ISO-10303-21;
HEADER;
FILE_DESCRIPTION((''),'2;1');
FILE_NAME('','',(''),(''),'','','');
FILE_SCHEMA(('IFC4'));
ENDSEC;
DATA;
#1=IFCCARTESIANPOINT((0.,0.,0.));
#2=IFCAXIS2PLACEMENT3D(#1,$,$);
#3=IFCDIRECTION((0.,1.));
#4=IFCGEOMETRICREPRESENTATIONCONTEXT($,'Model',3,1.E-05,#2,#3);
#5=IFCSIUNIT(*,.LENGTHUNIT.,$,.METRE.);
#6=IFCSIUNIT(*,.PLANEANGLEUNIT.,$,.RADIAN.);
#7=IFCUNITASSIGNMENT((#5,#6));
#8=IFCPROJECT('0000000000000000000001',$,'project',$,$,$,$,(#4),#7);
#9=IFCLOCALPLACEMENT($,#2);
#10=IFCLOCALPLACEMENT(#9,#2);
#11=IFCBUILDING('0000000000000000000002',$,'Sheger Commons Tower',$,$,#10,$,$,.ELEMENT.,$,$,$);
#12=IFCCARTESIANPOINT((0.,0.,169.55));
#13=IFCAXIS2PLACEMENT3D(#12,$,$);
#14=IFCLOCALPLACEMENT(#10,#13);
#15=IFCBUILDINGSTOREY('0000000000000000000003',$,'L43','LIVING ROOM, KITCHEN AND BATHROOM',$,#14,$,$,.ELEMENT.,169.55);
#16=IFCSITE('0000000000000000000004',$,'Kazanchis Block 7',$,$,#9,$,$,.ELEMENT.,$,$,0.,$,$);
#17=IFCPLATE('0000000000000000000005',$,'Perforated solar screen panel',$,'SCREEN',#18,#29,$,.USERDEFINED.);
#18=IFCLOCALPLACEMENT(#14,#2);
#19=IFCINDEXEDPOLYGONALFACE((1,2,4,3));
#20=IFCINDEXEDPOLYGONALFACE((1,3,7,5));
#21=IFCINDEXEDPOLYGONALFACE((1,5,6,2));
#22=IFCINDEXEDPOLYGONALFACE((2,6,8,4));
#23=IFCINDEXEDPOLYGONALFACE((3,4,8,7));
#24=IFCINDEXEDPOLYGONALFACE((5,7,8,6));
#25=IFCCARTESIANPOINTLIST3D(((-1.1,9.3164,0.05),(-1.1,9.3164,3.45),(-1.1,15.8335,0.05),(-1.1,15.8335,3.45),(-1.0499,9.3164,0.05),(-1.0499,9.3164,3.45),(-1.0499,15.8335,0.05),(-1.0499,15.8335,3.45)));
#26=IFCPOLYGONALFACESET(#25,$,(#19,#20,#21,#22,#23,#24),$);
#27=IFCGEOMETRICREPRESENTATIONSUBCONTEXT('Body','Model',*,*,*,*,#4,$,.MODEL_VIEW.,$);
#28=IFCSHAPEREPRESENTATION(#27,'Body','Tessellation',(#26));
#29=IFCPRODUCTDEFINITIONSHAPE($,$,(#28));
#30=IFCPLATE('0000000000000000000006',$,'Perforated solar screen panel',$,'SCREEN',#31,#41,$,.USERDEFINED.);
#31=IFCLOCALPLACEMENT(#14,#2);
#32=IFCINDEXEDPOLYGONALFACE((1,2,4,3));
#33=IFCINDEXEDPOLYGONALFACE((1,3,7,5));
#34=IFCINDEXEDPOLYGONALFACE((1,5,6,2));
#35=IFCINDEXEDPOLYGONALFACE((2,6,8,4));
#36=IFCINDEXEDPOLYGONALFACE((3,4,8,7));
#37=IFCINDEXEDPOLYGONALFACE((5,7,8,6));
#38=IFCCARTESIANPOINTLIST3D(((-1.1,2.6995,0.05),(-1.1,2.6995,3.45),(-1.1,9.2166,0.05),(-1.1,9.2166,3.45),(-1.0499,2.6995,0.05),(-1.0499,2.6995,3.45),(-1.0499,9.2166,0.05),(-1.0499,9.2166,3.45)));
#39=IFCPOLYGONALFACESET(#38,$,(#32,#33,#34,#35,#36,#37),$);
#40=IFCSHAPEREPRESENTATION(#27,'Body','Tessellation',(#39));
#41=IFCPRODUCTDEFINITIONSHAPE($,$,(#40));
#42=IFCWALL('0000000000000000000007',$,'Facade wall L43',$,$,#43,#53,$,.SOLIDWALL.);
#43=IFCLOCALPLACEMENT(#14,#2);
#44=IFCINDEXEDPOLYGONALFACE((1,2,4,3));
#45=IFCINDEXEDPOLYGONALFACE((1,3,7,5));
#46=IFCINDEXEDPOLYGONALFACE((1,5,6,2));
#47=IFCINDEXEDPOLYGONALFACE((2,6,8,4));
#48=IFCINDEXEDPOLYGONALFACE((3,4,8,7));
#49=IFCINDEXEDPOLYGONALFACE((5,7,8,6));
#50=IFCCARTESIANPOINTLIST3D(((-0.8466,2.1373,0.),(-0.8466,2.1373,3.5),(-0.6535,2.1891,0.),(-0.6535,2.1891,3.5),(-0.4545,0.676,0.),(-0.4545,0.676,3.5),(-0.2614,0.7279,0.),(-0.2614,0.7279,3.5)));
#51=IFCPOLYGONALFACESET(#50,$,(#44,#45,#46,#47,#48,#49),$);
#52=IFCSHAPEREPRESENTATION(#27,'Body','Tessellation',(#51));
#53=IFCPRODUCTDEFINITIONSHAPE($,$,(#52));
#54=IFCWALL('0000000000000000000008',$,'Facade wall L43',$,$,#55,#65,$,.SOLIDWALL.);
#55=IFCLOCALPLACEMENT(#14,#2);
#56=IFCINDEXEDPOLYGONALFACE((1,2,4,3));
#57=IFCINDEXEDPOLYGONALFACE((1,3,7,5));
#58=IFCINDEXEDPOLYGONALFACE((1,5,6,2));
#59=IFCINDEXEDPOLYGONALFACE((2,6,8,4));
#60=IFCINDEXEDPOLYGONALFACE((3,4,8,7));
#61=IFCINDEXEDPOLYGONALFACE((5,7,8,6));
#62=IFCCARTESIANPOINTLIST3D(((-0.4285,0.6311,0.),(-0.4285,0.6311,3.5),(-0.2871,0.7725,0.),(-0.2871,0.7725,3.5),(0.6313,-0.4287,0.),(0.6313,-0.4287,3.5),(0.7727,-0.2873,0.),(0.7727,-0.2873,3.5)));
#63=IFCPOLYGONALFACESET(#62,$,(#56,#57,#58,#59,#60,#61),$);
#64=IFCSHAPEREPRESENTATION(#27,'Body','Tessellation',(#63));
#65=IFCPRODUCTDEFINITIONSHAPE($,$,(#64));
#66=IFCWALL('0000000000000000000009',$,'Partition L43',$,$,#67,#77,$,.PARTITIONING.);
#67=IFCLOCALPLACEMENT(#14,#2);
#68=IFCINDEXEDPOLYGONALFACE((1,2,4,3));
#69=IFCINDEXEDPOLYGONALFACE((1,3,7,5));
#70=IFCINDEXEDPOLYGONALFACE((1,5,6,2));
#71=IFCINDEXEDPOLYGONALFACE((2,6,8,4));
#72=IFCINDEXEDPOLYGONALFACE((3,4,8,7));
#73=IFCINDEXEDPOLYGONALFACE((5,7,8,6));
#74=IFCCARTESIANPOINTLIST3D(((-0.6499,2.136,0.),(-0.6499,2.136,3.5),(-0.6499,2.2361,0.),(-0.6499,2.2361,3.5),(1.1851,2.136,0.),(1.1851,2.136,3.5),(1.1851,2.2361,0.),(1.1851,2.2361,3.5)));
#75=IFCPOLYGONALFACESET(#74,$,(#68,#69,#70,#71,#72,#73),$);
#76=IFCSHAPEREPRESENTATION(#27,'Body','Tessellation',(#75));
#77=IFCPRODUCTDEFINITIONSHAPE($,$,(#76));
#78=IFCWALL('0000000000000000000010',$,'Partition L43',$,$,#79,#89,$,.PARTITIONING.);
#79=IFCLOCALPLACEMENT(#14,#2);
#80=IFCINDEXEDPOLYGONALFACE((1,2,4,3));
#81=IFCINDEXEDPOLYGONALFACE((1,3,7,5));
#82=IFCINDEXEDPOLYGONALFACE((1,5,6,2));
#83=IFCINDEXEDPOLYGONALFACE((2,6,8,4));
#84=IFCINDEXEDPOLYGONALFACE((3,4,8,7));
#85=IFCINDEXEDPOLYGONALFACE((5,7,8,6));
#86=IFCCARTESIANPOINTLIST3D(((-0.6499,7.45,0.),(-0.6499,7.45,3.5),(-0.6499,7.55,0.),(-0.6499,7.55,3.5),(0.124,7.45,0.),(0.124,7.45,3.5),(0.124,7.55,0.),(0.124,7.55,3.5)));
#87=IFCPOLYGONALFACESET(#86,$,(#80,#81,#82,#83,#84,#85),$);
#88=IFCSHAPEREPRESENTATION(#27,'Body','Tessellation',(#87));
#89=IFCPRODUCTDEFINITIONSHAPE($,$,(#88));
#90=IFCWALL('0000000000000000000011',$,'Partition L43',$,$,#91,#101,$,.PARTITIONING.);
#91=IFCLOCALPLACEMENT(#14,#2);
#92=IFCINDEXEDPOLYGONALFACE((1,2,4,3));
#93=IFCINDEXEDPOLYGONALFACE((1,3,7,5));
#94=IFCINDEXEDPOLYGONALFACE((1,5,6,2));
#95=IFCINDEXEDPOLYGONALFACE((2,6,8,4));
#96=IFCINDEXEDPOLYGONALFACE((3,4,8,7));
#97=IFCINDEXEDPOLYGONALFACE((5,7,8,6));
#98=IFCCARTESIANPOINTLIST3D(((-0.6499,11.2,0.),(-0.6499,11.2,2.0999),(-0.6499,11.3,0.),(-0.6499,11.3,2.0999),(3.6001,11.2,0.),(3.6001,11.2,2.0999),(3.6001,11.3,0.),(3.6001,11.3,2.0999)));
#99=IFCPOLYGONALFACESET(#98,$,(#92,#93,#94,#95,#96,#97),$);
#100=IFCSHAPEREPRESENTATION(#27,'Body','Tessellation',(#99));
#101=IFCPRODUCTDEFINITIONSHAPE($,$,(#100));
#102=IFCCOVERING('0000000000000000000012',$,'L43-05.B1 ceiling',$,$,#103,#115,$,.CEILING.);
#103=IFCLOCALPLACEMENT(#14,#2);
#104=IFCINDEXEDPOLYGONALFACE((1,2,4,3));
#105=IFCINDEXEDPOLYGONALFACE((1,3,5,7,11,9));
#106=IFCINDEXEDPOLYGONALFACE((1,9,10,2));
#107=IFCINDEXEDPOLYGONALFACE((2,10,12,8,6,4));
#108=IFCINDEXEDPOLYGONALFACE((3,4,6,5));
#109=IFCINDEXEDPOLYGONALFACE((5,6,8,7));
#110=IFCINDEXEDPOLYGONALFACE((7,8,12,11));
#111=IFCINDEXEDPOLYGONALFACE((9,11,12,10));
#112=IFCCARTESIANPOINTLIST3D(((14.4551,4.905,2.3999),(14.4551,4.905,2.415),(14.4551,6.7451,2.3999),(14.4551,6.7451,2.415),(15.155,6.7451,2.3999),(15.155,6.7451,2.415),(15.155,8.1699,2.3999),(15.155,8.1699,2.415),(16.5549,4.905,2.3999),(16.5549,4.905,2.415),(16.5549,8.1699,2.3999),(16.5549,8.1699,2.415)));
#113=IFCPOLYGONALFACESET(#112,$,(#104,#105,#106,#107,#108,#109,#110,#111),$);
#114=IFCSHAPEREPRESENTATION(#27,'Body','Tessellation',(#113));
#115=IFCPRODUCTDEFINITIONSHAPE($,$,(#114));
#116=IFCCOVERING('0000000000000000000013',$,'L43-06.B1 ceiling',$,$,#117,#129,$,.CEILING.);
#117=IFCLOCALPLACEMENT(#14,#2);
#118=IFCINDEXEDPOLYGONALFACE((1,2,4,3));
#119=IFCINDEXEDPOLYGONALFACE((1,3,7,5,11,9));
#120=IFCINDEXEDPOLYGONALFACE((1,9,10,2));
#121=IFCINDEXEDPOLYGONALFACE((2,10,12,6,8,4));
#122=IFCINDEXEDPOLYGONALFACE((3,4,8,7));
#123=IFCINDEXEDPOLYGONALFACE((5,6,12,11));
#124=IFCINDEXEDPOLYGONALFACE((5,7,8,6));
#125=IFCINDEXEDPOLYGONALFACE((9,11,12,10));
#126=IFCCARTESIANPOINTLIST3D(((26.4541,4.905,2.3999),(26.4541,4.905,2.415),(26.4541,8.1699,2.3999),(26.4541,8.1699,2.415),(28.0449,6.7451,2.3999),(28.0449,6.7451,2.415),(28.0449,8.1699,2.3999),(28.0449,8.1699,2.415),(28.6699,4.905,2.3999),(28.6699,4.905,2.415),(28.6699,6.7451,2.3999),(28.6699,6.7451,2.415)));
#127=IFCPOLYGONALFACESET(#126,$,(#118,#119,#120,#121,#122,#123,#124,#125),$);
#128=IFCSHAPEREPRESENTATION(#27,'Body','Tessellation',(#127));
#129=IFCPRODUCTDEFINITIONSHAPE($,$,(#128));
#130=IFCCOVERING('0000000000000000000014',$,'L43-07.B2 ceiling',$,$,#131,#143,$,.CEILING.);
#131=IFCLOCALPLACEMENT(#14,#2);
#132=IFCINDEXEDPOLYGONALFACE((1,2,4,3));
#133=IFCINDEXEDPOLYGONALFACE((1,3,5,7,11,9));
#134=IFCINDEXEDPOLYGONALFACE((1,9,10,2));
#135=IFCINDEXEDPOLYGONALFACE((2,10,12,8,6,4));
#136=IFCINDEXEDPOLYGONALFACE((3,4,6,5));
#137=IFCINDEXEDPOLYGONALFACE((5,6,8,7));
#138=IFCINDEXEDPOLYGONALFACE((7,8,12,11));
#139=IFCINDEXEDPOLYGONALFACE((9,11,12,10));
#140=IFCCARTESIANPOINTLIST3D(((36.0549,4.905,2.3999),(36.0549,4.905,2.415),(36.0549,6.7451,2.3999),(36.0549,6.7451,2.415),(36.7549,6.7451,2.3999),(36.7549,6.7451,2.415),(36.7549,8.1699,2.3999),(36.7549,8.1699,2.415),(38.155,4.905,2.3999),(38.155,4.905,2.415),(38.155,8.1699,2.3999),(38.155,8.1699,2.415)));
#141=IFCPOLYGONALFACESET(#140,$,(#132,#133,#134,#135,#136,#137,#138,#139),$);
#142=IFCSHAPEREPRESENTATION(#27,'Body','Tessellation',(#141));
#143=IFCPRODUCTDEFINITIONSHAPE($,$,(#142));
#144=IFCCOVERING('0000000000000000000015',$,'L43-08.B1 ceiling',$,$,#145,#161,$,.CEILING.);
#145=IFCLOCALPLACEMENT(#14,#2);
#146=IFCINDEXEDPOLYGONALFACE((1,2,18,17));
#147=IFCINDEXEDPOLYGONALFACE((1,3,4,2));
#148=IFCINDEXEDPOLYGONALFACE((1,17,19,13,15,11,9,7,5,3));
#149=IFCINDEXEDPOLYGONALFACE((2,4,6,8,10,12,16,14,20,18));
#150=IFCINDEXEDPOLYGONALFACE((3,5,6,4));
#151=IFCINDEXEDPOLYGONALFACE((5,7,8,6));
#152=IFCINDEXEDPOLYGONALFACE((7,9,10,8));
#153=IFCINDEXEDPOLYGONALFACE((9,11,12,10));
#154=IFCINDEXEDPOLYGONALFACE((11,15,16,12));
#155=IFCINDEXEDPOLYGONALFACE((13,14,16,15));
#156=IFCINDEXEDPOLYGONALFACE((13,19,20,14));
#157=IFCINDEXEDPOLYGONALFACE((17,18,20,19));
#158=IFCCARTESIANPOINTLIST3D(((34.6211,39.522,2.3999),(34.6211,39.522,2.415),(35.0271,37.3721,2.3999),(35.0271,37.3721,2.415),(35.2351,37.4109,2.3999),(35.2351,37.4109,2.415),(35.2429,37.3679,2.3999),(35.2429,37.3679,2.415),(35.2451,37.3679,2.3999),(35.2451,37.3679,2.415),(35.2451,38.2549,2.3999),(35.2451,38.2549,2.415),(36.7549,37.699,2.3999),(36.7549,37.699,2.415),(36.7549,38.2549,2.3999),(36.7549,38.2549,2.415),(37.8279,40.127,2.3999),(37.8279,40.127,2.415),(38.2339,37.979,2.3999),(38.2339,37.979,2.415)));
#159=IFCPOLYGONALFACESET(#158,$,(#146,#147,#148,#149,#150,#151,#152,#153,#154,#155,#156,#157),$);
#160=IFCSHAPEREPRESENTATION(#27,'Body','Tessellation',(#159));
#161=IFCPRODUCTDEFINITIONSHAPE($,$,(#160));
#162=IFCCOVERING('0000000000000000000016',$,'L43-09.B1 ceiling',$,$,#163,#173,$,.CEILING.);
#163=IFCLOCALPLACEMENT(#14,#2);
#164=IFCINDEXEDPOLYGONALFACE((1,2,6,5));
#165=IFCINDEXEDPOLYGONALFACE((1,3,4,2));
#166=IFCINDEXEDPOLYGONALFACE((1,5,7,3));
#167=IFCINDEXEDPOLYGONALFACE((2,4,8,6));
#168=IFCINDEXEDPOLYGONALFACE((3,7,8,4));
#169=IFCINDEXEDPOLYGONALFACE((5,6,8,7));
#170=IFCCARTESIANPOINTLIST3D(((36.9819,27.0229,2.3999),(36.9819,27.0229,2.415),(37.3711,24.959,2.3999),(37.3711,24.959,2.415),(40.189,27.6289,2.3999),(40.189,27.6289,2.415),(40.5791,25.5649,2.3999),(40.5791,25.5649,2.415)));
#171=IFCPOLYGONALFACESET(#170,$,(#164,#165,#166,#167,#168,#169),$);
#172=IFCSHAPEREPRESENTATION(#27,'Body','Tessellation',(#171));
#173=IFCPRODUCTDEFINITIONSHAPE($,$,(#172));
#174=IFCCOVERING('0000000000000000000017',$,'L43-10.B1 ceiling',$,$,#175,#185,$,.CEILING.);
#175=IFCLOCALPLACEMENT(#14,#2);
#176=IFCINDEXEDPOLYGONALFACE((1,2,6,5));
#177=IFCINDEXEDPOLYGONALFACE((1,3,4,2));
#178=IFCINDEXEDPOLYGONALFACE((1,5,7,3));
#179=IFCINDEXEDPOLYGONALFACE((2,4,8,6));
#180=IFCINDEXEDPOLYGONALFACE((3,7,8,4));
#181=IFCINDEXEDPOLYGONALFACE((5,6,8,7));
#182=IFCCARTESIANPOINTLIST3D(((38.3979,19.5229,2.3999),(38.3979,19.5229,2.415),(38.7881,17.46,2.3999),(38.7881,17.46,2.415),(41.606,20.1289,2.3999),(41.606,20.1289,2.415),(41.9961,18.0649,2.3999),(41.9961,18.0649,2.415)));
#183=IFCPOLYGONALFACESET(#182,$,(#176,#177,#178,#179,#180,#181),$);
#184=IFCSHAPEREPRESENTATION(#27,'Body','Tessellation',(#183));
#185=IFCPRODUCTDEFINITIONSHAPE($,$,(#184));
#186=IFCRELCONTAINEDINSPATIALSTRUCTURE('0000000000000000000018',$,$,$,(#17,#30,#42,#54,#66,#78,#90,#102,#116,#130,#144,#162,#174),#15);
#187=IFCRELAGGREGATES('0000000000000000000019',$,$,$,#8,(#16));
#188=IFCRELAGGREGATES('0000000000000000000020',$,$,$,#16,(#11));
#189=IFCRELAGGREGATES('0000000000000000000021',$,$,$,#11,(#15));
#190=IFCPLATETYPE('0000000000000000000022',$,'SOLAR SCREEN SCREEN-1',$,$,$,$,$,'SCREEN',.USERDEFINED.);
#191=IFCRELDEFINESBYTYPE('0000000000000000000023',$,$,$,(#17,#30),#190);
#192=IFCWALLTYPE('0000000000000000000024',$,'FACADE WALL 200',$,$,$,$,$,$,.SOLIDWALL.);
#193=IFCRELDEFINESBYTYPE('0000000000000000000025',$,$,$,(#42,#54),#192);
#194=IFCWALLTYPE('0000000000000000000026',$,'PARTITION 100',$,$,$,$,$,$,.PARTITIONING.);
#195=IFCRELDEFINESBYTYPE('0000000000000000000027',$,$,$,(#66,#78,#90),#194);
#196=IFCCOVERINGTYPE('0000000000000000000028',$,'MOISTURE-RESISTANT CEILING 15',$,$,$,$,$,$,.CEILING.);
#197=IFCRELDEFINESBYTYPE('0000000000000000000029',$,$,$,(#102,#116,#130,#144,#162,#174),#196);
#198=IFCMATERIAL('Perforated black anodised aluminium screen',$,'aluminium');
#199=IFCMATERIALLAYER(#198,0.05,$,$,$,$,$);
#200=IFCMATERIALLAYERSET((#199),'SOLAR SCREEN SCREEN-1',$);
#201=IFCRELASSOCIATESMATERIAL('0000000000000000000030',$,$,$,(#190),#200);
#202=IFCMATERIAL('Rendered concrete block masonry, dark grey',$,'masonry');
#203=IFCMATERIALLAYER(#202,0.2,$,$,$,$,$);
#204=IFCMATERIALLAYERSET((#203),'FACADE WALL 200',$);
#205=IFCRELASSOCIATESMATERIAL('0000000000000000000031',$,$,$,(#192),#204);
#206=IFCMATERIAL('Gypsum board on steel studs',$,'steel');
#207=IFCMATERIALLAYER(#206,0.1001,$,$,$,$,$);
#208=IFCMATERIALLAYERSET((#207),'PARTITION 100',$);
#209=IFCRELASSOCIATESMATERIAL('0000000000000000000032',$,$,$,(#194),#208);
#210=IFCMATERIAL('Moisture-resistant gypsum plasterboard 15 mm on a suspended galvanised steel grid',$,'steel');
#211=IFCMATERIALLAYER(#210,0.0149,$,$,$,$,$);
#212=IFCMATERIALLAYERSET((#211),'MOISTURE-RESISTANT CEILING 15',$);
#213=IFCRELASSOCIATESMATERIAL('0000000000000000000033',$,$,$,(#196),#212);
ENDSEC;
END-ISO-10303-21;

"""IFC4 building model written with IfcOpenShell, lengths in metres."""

from ifc_helpers import new_model, si_unit, direction, frame, frame_2d, origin, origin_2d, place, context, subcontext, project, spatial, polyline, rectangle, outline, extrude, material, layer, layer_set, type_object, element, save


model = new_model("IFC4")

# Units and contexts
model_context = context("Model", 3, precision=1e-05, world=origin(), true_north=direction((0.0, 1.0)))
body_context = subcontext(model_context, "Body", "Model", "MODEL_VIEW")
ifc_project = project(units=[si_unit("LENGTHUNIT", "METRE"), si_unit("PLANEANGLEUNIT", "RADIAN")], contexts=[model_context])

# Site, building, storey
site_placement = place(None, origin())
site = spatial("IfcSite", under=ifc_project, at=site_placement, Name="Kazanchis Block 7", CompositionType="ELEMENT", RefElevation=0.0)
building_placement = place(site_placement, origin())
building = spatial("IfcBuilding", under=site, at=building_placement, Name="Sheger Commons Tower", CompositionType="ELEMENT")
storey_placement = place(building_placement, frame((0.0, 0.0, 169.55)))
storey = spatial("IfcBuildingStorey", under=building, at=storey_placement, Name="L43", Description="LIVING ROOM, KITCHEN AND BATHROOM", CompositionType="ELEMENT", Elevation=169.55)

# Plates
ifc_material_1 = material(Name="Perforated black anodised aluminium screen", Category="aluminium")
ifc_layer_1 = layer(ifc_material_1, 0.05)
ifc_layer_set_1 = layer_set([ifc_layer_1], Name="SOLAR SCREEN SCREEN-1")
plate_type = type_object("IfcPlateType", Name="SOLAR SCREEN SCREEN-1", ElementType="SCREEN", PredefinedType="USERDEFINED", material=ifc_layer_set_1)
for number, where, z_axis, x_axis, name in (
    (1, (-1.075, 12.575, 0.05), (0.0, 0.0, 1.0), (0.0, -1.0, 0.0), "Perforated solar screen panel"),
    (2, (-1.075, 5.958, 0.05), (0.0, 0.0, 1.0), (0.0, -1.0, 0.0), "Perforated solar screen panel"),
):
    element("IfcPlate", number, at=place(storey_placement, frame(where, z_axis=z_axis, x_axis=x_axis)), inside=storey, type_object=plate_type, Name=name, ObjectType="SCREEN", PredefinedType="USERDEFINED", context=body_context, shape_type="SweptSolid", body=[
        extrude(rectangle(XDim=6.5171, YDim=0.05, at=origin_2d()), origin(), (0.0, 0.0, 1.0), 3.3999),
    ])

# Walls
ifc_material_2 = material(Name="Rendered concrete block masonry, dark grey", Category="masonry")
ifc_layer_2 = layer(ifc_material_2, 0.2)
ifc_layer_set_2 = layer_set([ifc_layer_2], Name="FACADE WALL 200")
wall_type_1 = type_object("IfcWallType", Name="FACADE WALL 200", PredefinedType="SOLIDWALL", material=ifc_layer_set_2)
wall_1_placement = place(storey_placement, frame((-0.75, 2.1631, 0.0), z_axis=(0.0, 0.0, 1.0), x_axis=(0.259169, -0.965832, 0.0)))
element("IfcWall", 3, at=wall_1_placement, inside=storey, type_object=wall_type_1, Name="Facade wall L43", PredefinedType="SOLIDWALL", context=body_context, shape_type="SweptSolid", body=[
    extrude(rectangle(XDim=1.5129, YDim=0.2, at=frame_2d((0.7563, 0.0))), origin(), (0.0, 0.0, 1.0), 3.5),
])
wall_2_placement = place(storey_placement, frame((-0.3579, 0.7019, 0.0), z_axis=(0.0, 0.0, 1.0), x_axis=(0.707107, -0.707107, 0.0)))
element("IfcWall", 4, at=wall_2_placement, inside=storey, type_object=wall_type_1, Name="Facade wall L43", PredefinedType="SOLIDWALL", context=body_context, shape_type="SweptSolid", body=[
    extrude(rectangle(XDim=1.4988, YDim=0.2, at=frame_2d((0.7495, 0.0))), origin(), (0.0, 0.0, 1.0), 3.5),
])
ifc_material_3 = material(Name="Gypsum board on steel studs", Category="steel")
ifc_layer_3 = layer(ifc_material_3, 0.1001)
ifc_layer_set_3 = layer_set([ifc_layer_3], Name="PARTITION 100")
wall_type_2 = type_object("IfcWallType", Name="PARTITION 100", PredefinedType="PARTITIONING", material=ifc_layer_set_3)
wall_3_placement = place(storey_placement, frame((-0.6499, 2.186, 0.0), z_axis=(0.0, 0.0, 1.0), x_axis=(1.0, 0.0, 0.0)))
element("IfcWall", 5, at=wall_3_placement, inside=storey, type_object=wall_type_2, Name="Partition L43", PredefinedType="PARTITIONING", context=body_context, shape_type="SweptSolid", body=[
    extrude(rectangle(XDim=1.835, YDim=0.1001, at=frame_2d((0.9175, 0.0))), origin(), (0.0, 0.0, 1.0), 3.5),
])
wall_4_placement = place(storey_placement, frame((-0.6499, 7.5, 0.0), z_axis=(0.0, 0.0, 1.0), x_axis=(1.0, 0.0, 0.0)))
element("IfcWall", 6, at=wall_4_placement, inside=storey, type_object=wall_type_2, Name="Partition L43", PredefinedType="PARTITIONING", context=body_context, shape_type="SweptSolid", body=[
    extrude(rectangle(XDim=0.7739, YDim=0.1001, at=frame_2d((0.387, 0.0))), origin(), (0.0, 0.0, 1.0), 3.5),
])
wall_5_placement = place(storey_placement, frame((-0.6499, 11.25, 0.0), z_axis=(0.0, 0.0, 1.0), x_axis=(1.0, 0.0, 0.0)))
element("IfcWall", 7, at=wall_5_placement, inside=storey, type_object=wall_type_2, Name="Partition L43", PredefinedType="PARTITIONING", context=body_context, shape_type="SweptSolid", body=[
    extrude(rectangle(XDim=4.25, YDim=0.1001, at=frame_2d((2.125, 0.0))), origin(), (0.0, 0.0, 1.0), 2.0999),
])

# Coverings
ifc_material_4 = material(Name="Moisture-resistant gypsum plasterboard 15 mm on a suspended galvanised steel grid", Category="steel")
ifc_layer_4 = layer(ifc_material_4, 0.0149)
ifc_layer_set_4 = layer_set([ifc_layer_4], Name="MOISTURE-RESISTANT CEILING 15")
covering_type_1 = type_object("IfcCoveringType", Name="MOISTURE-RESISTANT CEILING 15", PredefinedType="CEILING", material=ifc_layer_set_4)
covering_1_placement = place(storey_placement, frame((0.0, 0.0, 2.3999)))
element("IfcCovering", 8, at=covering_1_placement, inside=storey, type_object=covering_type_1, Name="L43-05.B1 ceiling", PredefinedType="CEILING", context=body_context, shape_type="SweptSolid", body=[
    extrude(outline(polyline([(14.4551, 4.905), (16.5549, 4.905), (16.5549, 8.1699), (15.155, 8.1699), (15.155, 6.7451), (14.4551, 6.7451), (14.4551, 4.905)])), origin(), (0.0, 0.0, 1.0), 0.0151),
])
covering_2_placement = place(storey_placement, frame((0.0, 0.0, 2.3999)))
element("IfcCovering", 9, at=covering_2_placement, inside=storey, type_object=covering_type_1, Name="L43-06.B1 ceiling", PredefinedType="CEILING", context=body_context, shape_type="SweptSolid", body=[
    extrude(outline(polyline([(26.4541, 4.905), (28.6699, 4.905), (28.6699, 6.7451), (28.0449, 6.7451), (28.0449, 8.1699), (26.4541, 8.1699), (26.4541, 4.905)])), origin(), (0.0, 0.0, 1.0), 0.0151),
])
covering_3_placement = place(storey_placement, frame((0.0, 0.0, 2.3999)))
element("IfcCovering", 10, at=covering_3_placement, inside=storey, type_object=covering_type_1, Name="L43-07.B2 ceiling", PredefinedType="CEILING", context=body_context, shape_type="SweptSolid", body=[
    extrude(outline(polyline([(36.0549, 4.905), (38.155, 4.905), (38.155, 8.1699), (36.7549, 8.1699), (36.7549, 6.7451), (36.0549, 6.7451), (36.0549, 4.905)])), origin(), (0.0, 0.0, 1.0), 0.0151),
])
covering_4_placement = place(storey_placement, frame((0.0, 0.0, 2.3999)))
element("IfcCovering", 11, at=covering_4_placement, inside=storey, type_object=covering_type_1, Name="L43-08.B1 ceiling", PredefinedType="CEILING", context=body_context, shape_type="SweptSolid", body=[
    extrude(outline(polyline([(35.2429, 37.3679), (35.2451, 37.3679), (35.2451, 38.2549), (36.7549, 38.2549), (36.7549, 37.699), (38.2339, 37.979), (37.8279, 40.127), (34.6211, 39.522), (35.0271, 37.3721), (35.2351, 37.4109), (35.2429, 37.3679)])), origin(), (0.0, 0.0, 1.0), 0.0151),
])
covering_5_placement = place(storey_placement, frame((0.0, 0.0, 2.3999)))
element("IfcCovering", 12, at=covering_5_placement, inside=storey, type_object=covering_type_1, Name="L43-09.B1 ceiling", PredefinedType="CEILING", context=body_context, shape_type="SweptSolid", body=[
    extrude(outline(polyline([(37.3711, 24.959), (40.5791, 25.5649), (40.189, 27.6289), (36.9819, 27.0229), (37.3711, 24.959)])), origin(), (0.0, 0.0, 1.0), 0.0151),
])
covering_6_placement = place(storey_placement, frame((0.0, 0.0, 2.3999)))
element("IfcCovering", 13, at=covering_6_placement, inside=storey, type_object=covering_type_1, Name="L43-10.B1 ceiling", PredefinedType="CEILING", context=body_context, shape_type="SweptSolid", body=[
    extrude(outline(polyline([(38.7881, 17.46), (41.9961, 18.0649), (41.606, 20.1289), (38.3979, 19.5229), (38.7881, 17.46)])), origin(), (0.0, 0.0, 1.0), 0.0151),
])

save(model, "model.ifc")
